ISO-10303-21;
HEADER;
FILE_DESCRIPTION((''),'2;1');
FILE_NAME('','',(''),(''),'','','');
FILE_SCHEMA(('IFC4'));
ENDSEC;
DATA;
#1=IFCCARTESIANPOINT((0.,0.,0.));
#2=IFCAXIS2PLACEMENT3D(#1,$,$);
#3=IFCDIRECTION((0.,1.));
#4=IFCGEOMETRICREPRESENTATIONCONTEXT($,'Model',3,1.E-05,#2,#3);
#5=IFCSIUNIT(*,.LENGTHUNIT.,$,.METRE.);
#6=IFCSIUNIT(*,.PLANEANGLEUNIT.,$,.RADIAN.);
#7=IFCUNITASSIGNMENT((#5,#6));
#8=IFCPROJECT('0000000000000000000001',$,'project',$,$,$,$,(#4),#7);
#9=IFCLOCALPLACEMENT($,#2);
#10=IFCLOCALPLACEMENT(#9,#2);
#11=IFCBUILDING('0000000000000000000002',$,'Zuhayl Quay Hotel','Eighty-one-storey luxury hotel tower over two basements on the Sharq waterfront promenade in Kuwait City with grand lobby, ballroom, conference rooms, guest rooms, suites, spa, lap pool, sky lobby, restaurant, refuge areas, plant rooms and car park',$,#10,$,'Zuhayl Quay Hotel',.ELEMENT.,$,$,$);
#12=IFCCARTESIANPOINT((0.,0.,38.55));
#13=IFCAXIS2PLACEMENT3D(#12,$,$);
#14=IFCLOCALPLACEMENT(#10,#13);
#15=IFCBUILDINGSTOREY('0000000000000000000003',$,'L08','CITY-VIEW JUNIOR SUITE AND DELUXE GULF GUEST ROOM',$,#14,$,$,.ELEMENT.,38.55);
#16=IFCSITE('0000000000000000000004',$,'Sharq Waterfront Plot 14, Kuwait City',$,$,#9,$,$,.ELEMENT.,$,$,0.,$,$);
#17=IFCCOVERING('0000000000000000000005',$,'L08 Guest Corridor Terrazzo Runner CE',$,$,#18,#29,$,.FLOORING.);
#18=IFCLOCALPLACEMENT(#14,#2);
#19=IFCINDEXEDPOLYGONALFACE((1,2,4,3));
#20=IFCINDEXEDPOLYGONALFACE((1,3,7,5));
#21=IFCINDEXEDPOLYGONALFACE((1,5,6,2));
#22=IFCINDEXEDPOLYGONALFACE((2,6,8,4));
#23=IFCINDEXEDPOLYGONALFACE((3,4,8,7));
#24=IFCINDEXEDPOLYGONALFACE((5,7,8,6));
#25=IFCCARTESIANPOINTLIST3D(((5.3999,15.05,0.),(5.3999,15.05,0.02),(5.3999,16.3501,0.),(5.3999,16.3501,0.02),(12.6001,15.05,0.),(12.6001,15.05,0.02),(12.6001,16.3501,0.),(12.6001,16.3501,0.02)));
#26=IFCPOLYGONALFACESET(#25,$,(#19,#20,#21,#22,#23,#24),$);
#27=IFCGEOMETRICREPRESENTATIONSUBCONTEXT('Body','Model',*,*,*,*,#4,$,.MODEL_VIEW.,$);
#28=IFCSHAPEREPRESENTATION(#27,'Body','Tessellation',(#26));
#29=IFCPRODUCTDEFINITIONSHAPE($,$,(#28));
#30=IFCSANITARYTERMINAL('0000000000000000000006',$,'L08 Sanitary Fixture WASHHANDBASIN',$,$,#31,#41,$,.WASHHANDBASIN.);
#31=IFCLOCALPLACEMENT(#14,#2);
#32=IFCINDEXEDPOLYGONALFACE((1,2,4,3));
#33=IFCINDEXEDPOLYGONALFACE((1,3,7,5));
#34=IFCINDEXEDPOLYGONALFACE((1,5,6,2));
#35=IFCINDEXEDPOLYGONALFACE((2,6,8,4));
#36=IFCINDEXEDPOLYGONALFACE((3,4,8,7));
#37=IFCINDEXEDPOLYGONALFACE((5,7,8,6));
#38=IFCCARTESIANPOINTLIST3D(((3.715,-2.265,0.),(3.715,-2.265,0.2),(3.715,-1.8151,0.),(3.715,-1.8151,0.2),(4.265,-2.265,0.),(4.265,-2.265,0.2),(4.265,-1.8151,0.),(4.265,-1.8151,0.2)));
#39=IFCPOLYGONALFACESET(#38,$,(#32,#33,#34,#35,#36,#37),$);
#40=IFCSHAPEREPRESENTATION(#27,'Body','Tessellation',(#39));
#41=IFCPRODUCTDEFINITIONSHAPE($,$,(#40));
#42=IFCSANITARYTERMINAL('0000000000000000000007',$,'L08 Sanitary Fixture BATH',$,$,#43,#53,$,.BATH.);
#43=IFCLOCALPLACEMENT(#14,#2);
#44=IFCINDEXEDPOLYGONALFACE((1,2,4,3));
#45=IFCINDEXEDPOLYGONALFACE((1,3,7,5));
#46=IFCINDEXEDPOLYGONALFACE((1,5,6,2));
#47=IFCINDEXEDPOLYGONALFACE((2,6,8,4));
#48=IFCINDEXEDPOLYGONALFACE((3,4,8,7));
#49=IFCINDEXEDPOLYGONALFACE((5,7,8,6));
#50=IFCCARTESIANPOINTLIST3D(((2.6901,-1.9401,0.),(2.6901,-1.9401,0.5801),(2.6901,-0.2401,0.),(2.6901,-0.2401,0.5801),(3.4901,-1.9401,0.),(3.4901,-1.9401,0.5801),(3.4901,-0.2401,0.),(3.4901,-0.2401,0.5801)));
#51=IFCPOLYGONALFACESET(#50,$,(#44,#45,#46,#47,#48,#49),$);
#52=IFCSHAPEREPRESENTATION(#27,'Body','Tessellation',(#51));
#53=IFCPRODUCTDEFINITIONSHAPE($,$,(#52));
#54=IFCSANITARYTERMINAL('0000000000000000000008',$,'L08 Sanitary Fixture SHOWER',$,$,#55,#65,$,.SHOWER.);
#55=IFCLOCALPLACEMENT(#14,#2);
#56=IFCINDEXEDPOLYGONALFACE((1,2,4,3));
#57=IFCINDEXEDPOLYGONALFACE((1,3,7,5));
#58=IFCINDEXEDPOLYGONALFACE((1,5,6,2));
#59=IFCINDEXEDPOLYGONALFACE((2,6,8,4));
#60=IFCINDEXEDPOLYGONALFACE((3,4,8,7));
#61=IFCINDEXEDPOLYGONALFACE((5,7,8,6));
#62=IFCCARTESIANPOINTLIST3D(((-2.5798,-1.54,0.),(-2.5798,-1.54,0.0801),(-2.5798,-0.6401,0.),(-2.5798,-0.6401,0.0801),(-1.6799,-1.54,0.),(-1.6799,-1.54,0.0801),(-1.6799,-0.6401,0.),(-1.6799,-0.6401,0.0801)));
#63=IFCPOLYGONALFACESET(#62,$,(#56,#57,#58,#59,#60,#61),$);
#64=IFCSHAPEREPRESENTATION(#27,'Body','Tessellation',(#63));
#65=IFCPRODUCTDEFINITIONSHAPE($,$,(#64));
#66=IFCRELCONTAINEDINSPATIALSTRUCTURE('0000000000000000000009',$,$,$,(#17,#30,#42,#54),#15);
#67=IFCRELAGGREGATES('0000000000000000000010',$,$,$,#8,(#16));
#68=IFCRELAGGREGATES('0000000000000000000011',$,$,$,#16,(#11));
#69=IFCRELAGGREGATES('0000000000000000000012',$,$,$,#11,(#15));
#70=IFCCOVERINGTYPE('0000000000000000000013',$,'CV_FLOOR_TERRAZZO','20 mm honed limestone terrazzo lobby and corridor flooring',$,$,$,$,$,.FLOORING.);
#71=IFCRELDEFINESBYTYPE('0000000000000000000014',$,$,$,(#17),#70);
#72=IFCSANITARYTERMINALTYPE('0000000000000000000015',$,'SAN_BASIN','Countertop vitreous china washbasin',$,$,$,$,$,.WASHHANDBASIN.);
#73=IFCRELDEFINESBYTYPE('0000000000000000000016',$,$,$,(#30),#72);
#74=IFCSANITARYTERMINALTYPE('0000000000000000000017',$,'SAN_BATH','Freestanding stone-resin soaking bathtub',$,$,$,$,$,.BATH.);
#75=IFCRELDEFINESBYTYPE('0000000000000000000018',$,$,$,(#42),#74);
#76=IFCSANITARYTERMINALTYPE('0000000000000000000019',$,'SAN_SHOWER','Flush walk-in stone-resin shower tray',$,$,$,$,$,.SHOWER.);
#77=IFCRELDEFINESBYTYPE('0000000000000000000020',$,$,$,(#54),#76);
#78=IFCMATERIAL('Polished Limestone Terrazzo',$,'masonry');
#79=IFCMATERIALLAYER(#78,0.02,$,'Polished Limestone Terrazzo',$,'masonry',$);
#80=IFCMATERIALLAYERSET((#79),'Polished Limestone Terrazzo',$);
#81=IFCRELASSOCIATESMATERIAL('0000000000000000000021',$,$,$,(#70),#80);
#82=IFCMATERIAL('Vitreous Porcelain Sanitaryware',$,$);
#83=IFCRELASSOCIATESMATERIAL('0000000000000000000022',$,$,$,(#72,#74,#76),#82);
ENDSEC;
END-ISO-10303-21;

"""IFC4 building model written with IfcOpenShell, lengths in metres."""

from ifc_helpers import new_model, si_unit, direction, frame, origin, origin_2d, place, context, subcontext, project, spatial, polyline, rectangle, outline, extrude, material, layer, layer_set, type_object, element, save


model = new_model("IFC4")

# Units and contexts
model_context = context("Model", 3, precision=1e-05, world=origin(), true_north=direction((0.0, 1.0)))
body_context = subcontext(model_context, "Body", "Model", "MODEL_VIEW")
ifc_project = project(units=[si_unit("LENGTHUNIT", "METRE"), si_unit("PLANEANGLEUNIT", "RADIAN")], contexts=[model_context])

# Site, building, storey
site_placement = place(None, origin())
site = spatial("IfcSite", under=ifc_project, at=site_placement, Name="Sharq Waterfront Plot 14, Kuwait City", CompositionType="ELEMENT", RefElevation=0.0)
building_placement = place(site_placement, origin())
building = spatial("IfcBuilding", under=site, at=building_placement, Name="Zuhayl Quay Hotel", Description="Eighty-one-storey luxury hotel tower over two basements on the Sharq waterfront promenade in Kuwait City with grand lobby, ballroom, conference rooms, guest rooms, suites, spa, lap pool, sky lobby, restaurant, refuge areas, plant rooms and car park", LongName="Zuhayl Quay Hotel", CompositionType="ELEMENT")
storey_placement = place(building_placement, frame((0.0, 0.0, 38.55)))
storey = spatial("IfcBuildingStorey", under=building, at=storey_placement, Name="L08", Description="CITY-VIEW JUNIOR SUITE AND DELUXE GULF GUEST ROOM", CompositionType="ELEMENT", Elevation=38.55)

# Covering
ifc_material_1 = material(Name="Polished Limestone Terrazzo", Category="masonry")
ifc_layer_1 = layer(ifc_material_1, 0.02, Name="Polished Limestone Terrazzo", Category="masonry")
ifc_layer_set_1 = layer_set([ifc_layer_1], Name="Polished Limestone Terrazzo")
covering_type_1 = type_object("IfcCoveringType", Name="CV_FLOOR_TERRAZZO", Description="20 mm honed limestone terrazzo lobby and corridor flooring", PredefinedType="FLOORING", material=ifc_layer_set_1)
covering_1_placement = place(storey_placement, origin())
element("IfcCovering", 1, at=covering_1_placement, inside=storey, type_object=covering_type_1, Name="L08 Guest Corridor Terrazzo Runner CE", PredefinedType="FLOORING", context=body_context, shape_type="SweptSolid", body=[
    extrude(outline(polyline([(5.3999, 15.05), (12.6001, 15.05), (12.6001, 16.3501), (5.3999, 16.3501), (5.3999, 15.05)])), origin(), (0.0, 0.0, 1.0), 0.02),
])

# Sanitary terminals
ifc_material_2 = material(Name="Vitreous Porcelain Sanitaryware")
sanitary_terminal_type_1 = type_object("IfcSanitaryTerminalType", Name="SAN_BASIN", Description="Countertop vitreous china washbasin", PredefinedType="WASHHANDBASIN", material=ifc_material_2)
sanitary_terminal_1_placement = place(storey_placement, frame((3.99, -2.04, 0.0), z_axis=(0.0, 0.0, 1.0), x_axis=(1.0, 0.0, 0.0)))
element("IfcSanitaryTerminal", 2, at=sanitary_terminal_1_placement, inside=storey, type_object=sanitary_terminal_type_1, Name="L08 Sanitary Fixture WASHHANDBASIN", PredefinedType="WASHHANDBASIN", context=body_context, shape_type="SweptSolid", body=[
    extrude(rectangle(XDim=0.55, YDim=0.45, at=origin_2d()), origin(), (0.0, 0.0, 1.0), 0.2),
])
sanitary_terminal_type_2 = type_object("IfcSanitaryTerminalType", Name="SAN_BATH", Description="Freestanding stone-resin soaking bathtub", PredefinedType="BATH", material=ifc_material_2)
sanitary_terminal_2_placement = place(storey_placement, frame((3.0901, -1.0901, 0.0), z_axis=(0.0, 0.0, 1.0), x_axis=(1.0, 0.0, 0.0)))
element("IfcSanitaryTerminal", 3, at=sanitary_terminal_2_placement, inside=storey, type_object=sanitary_terminal_type_2, Name="L08 Sanitary Fixture BATH", PredefinedType="BATH", context=body_context, shape_type="SweptSolid", body=[
    extrude(rectangle(XDim=0.8, YDim=1.7, at=origin_2d()), origin(), (0.0, 0.0, 1.0), 0.5801),
])
sanitary_terminal_type_3 = type_object("IfcSanitaryTerminalType", Name="SAN_SHOWER", Description="Flush walk-in stone-resin shower tray", PredefinedType="SHOWER", material=ifc_material_2)
sanitary_terminal_3_placement = place(storey_placement, frame((-2.1299, -1.0901, 0.0), z_axis=(0.0, 0.0, 1.0), x_axis=(1.0, 0.0, 0.0)))
element("IfcSanitaryTerminal", 4, at=sanitary_terminal_3_placement, inside=storey, type_object=sanitary_terminal_type_3, Name="L08 Sanitary Fixture SHOWER", PredefinedType="SHOWER", context=body_context, shape_type="SweptSolid", body=[
    extrude(rectangle(XDim=0.8999, YDim=0.8999, at=origin_2d()), origin(), (0.0, 0.0, 1.0), 0.0801),
])

save(model, "model.ifc")
